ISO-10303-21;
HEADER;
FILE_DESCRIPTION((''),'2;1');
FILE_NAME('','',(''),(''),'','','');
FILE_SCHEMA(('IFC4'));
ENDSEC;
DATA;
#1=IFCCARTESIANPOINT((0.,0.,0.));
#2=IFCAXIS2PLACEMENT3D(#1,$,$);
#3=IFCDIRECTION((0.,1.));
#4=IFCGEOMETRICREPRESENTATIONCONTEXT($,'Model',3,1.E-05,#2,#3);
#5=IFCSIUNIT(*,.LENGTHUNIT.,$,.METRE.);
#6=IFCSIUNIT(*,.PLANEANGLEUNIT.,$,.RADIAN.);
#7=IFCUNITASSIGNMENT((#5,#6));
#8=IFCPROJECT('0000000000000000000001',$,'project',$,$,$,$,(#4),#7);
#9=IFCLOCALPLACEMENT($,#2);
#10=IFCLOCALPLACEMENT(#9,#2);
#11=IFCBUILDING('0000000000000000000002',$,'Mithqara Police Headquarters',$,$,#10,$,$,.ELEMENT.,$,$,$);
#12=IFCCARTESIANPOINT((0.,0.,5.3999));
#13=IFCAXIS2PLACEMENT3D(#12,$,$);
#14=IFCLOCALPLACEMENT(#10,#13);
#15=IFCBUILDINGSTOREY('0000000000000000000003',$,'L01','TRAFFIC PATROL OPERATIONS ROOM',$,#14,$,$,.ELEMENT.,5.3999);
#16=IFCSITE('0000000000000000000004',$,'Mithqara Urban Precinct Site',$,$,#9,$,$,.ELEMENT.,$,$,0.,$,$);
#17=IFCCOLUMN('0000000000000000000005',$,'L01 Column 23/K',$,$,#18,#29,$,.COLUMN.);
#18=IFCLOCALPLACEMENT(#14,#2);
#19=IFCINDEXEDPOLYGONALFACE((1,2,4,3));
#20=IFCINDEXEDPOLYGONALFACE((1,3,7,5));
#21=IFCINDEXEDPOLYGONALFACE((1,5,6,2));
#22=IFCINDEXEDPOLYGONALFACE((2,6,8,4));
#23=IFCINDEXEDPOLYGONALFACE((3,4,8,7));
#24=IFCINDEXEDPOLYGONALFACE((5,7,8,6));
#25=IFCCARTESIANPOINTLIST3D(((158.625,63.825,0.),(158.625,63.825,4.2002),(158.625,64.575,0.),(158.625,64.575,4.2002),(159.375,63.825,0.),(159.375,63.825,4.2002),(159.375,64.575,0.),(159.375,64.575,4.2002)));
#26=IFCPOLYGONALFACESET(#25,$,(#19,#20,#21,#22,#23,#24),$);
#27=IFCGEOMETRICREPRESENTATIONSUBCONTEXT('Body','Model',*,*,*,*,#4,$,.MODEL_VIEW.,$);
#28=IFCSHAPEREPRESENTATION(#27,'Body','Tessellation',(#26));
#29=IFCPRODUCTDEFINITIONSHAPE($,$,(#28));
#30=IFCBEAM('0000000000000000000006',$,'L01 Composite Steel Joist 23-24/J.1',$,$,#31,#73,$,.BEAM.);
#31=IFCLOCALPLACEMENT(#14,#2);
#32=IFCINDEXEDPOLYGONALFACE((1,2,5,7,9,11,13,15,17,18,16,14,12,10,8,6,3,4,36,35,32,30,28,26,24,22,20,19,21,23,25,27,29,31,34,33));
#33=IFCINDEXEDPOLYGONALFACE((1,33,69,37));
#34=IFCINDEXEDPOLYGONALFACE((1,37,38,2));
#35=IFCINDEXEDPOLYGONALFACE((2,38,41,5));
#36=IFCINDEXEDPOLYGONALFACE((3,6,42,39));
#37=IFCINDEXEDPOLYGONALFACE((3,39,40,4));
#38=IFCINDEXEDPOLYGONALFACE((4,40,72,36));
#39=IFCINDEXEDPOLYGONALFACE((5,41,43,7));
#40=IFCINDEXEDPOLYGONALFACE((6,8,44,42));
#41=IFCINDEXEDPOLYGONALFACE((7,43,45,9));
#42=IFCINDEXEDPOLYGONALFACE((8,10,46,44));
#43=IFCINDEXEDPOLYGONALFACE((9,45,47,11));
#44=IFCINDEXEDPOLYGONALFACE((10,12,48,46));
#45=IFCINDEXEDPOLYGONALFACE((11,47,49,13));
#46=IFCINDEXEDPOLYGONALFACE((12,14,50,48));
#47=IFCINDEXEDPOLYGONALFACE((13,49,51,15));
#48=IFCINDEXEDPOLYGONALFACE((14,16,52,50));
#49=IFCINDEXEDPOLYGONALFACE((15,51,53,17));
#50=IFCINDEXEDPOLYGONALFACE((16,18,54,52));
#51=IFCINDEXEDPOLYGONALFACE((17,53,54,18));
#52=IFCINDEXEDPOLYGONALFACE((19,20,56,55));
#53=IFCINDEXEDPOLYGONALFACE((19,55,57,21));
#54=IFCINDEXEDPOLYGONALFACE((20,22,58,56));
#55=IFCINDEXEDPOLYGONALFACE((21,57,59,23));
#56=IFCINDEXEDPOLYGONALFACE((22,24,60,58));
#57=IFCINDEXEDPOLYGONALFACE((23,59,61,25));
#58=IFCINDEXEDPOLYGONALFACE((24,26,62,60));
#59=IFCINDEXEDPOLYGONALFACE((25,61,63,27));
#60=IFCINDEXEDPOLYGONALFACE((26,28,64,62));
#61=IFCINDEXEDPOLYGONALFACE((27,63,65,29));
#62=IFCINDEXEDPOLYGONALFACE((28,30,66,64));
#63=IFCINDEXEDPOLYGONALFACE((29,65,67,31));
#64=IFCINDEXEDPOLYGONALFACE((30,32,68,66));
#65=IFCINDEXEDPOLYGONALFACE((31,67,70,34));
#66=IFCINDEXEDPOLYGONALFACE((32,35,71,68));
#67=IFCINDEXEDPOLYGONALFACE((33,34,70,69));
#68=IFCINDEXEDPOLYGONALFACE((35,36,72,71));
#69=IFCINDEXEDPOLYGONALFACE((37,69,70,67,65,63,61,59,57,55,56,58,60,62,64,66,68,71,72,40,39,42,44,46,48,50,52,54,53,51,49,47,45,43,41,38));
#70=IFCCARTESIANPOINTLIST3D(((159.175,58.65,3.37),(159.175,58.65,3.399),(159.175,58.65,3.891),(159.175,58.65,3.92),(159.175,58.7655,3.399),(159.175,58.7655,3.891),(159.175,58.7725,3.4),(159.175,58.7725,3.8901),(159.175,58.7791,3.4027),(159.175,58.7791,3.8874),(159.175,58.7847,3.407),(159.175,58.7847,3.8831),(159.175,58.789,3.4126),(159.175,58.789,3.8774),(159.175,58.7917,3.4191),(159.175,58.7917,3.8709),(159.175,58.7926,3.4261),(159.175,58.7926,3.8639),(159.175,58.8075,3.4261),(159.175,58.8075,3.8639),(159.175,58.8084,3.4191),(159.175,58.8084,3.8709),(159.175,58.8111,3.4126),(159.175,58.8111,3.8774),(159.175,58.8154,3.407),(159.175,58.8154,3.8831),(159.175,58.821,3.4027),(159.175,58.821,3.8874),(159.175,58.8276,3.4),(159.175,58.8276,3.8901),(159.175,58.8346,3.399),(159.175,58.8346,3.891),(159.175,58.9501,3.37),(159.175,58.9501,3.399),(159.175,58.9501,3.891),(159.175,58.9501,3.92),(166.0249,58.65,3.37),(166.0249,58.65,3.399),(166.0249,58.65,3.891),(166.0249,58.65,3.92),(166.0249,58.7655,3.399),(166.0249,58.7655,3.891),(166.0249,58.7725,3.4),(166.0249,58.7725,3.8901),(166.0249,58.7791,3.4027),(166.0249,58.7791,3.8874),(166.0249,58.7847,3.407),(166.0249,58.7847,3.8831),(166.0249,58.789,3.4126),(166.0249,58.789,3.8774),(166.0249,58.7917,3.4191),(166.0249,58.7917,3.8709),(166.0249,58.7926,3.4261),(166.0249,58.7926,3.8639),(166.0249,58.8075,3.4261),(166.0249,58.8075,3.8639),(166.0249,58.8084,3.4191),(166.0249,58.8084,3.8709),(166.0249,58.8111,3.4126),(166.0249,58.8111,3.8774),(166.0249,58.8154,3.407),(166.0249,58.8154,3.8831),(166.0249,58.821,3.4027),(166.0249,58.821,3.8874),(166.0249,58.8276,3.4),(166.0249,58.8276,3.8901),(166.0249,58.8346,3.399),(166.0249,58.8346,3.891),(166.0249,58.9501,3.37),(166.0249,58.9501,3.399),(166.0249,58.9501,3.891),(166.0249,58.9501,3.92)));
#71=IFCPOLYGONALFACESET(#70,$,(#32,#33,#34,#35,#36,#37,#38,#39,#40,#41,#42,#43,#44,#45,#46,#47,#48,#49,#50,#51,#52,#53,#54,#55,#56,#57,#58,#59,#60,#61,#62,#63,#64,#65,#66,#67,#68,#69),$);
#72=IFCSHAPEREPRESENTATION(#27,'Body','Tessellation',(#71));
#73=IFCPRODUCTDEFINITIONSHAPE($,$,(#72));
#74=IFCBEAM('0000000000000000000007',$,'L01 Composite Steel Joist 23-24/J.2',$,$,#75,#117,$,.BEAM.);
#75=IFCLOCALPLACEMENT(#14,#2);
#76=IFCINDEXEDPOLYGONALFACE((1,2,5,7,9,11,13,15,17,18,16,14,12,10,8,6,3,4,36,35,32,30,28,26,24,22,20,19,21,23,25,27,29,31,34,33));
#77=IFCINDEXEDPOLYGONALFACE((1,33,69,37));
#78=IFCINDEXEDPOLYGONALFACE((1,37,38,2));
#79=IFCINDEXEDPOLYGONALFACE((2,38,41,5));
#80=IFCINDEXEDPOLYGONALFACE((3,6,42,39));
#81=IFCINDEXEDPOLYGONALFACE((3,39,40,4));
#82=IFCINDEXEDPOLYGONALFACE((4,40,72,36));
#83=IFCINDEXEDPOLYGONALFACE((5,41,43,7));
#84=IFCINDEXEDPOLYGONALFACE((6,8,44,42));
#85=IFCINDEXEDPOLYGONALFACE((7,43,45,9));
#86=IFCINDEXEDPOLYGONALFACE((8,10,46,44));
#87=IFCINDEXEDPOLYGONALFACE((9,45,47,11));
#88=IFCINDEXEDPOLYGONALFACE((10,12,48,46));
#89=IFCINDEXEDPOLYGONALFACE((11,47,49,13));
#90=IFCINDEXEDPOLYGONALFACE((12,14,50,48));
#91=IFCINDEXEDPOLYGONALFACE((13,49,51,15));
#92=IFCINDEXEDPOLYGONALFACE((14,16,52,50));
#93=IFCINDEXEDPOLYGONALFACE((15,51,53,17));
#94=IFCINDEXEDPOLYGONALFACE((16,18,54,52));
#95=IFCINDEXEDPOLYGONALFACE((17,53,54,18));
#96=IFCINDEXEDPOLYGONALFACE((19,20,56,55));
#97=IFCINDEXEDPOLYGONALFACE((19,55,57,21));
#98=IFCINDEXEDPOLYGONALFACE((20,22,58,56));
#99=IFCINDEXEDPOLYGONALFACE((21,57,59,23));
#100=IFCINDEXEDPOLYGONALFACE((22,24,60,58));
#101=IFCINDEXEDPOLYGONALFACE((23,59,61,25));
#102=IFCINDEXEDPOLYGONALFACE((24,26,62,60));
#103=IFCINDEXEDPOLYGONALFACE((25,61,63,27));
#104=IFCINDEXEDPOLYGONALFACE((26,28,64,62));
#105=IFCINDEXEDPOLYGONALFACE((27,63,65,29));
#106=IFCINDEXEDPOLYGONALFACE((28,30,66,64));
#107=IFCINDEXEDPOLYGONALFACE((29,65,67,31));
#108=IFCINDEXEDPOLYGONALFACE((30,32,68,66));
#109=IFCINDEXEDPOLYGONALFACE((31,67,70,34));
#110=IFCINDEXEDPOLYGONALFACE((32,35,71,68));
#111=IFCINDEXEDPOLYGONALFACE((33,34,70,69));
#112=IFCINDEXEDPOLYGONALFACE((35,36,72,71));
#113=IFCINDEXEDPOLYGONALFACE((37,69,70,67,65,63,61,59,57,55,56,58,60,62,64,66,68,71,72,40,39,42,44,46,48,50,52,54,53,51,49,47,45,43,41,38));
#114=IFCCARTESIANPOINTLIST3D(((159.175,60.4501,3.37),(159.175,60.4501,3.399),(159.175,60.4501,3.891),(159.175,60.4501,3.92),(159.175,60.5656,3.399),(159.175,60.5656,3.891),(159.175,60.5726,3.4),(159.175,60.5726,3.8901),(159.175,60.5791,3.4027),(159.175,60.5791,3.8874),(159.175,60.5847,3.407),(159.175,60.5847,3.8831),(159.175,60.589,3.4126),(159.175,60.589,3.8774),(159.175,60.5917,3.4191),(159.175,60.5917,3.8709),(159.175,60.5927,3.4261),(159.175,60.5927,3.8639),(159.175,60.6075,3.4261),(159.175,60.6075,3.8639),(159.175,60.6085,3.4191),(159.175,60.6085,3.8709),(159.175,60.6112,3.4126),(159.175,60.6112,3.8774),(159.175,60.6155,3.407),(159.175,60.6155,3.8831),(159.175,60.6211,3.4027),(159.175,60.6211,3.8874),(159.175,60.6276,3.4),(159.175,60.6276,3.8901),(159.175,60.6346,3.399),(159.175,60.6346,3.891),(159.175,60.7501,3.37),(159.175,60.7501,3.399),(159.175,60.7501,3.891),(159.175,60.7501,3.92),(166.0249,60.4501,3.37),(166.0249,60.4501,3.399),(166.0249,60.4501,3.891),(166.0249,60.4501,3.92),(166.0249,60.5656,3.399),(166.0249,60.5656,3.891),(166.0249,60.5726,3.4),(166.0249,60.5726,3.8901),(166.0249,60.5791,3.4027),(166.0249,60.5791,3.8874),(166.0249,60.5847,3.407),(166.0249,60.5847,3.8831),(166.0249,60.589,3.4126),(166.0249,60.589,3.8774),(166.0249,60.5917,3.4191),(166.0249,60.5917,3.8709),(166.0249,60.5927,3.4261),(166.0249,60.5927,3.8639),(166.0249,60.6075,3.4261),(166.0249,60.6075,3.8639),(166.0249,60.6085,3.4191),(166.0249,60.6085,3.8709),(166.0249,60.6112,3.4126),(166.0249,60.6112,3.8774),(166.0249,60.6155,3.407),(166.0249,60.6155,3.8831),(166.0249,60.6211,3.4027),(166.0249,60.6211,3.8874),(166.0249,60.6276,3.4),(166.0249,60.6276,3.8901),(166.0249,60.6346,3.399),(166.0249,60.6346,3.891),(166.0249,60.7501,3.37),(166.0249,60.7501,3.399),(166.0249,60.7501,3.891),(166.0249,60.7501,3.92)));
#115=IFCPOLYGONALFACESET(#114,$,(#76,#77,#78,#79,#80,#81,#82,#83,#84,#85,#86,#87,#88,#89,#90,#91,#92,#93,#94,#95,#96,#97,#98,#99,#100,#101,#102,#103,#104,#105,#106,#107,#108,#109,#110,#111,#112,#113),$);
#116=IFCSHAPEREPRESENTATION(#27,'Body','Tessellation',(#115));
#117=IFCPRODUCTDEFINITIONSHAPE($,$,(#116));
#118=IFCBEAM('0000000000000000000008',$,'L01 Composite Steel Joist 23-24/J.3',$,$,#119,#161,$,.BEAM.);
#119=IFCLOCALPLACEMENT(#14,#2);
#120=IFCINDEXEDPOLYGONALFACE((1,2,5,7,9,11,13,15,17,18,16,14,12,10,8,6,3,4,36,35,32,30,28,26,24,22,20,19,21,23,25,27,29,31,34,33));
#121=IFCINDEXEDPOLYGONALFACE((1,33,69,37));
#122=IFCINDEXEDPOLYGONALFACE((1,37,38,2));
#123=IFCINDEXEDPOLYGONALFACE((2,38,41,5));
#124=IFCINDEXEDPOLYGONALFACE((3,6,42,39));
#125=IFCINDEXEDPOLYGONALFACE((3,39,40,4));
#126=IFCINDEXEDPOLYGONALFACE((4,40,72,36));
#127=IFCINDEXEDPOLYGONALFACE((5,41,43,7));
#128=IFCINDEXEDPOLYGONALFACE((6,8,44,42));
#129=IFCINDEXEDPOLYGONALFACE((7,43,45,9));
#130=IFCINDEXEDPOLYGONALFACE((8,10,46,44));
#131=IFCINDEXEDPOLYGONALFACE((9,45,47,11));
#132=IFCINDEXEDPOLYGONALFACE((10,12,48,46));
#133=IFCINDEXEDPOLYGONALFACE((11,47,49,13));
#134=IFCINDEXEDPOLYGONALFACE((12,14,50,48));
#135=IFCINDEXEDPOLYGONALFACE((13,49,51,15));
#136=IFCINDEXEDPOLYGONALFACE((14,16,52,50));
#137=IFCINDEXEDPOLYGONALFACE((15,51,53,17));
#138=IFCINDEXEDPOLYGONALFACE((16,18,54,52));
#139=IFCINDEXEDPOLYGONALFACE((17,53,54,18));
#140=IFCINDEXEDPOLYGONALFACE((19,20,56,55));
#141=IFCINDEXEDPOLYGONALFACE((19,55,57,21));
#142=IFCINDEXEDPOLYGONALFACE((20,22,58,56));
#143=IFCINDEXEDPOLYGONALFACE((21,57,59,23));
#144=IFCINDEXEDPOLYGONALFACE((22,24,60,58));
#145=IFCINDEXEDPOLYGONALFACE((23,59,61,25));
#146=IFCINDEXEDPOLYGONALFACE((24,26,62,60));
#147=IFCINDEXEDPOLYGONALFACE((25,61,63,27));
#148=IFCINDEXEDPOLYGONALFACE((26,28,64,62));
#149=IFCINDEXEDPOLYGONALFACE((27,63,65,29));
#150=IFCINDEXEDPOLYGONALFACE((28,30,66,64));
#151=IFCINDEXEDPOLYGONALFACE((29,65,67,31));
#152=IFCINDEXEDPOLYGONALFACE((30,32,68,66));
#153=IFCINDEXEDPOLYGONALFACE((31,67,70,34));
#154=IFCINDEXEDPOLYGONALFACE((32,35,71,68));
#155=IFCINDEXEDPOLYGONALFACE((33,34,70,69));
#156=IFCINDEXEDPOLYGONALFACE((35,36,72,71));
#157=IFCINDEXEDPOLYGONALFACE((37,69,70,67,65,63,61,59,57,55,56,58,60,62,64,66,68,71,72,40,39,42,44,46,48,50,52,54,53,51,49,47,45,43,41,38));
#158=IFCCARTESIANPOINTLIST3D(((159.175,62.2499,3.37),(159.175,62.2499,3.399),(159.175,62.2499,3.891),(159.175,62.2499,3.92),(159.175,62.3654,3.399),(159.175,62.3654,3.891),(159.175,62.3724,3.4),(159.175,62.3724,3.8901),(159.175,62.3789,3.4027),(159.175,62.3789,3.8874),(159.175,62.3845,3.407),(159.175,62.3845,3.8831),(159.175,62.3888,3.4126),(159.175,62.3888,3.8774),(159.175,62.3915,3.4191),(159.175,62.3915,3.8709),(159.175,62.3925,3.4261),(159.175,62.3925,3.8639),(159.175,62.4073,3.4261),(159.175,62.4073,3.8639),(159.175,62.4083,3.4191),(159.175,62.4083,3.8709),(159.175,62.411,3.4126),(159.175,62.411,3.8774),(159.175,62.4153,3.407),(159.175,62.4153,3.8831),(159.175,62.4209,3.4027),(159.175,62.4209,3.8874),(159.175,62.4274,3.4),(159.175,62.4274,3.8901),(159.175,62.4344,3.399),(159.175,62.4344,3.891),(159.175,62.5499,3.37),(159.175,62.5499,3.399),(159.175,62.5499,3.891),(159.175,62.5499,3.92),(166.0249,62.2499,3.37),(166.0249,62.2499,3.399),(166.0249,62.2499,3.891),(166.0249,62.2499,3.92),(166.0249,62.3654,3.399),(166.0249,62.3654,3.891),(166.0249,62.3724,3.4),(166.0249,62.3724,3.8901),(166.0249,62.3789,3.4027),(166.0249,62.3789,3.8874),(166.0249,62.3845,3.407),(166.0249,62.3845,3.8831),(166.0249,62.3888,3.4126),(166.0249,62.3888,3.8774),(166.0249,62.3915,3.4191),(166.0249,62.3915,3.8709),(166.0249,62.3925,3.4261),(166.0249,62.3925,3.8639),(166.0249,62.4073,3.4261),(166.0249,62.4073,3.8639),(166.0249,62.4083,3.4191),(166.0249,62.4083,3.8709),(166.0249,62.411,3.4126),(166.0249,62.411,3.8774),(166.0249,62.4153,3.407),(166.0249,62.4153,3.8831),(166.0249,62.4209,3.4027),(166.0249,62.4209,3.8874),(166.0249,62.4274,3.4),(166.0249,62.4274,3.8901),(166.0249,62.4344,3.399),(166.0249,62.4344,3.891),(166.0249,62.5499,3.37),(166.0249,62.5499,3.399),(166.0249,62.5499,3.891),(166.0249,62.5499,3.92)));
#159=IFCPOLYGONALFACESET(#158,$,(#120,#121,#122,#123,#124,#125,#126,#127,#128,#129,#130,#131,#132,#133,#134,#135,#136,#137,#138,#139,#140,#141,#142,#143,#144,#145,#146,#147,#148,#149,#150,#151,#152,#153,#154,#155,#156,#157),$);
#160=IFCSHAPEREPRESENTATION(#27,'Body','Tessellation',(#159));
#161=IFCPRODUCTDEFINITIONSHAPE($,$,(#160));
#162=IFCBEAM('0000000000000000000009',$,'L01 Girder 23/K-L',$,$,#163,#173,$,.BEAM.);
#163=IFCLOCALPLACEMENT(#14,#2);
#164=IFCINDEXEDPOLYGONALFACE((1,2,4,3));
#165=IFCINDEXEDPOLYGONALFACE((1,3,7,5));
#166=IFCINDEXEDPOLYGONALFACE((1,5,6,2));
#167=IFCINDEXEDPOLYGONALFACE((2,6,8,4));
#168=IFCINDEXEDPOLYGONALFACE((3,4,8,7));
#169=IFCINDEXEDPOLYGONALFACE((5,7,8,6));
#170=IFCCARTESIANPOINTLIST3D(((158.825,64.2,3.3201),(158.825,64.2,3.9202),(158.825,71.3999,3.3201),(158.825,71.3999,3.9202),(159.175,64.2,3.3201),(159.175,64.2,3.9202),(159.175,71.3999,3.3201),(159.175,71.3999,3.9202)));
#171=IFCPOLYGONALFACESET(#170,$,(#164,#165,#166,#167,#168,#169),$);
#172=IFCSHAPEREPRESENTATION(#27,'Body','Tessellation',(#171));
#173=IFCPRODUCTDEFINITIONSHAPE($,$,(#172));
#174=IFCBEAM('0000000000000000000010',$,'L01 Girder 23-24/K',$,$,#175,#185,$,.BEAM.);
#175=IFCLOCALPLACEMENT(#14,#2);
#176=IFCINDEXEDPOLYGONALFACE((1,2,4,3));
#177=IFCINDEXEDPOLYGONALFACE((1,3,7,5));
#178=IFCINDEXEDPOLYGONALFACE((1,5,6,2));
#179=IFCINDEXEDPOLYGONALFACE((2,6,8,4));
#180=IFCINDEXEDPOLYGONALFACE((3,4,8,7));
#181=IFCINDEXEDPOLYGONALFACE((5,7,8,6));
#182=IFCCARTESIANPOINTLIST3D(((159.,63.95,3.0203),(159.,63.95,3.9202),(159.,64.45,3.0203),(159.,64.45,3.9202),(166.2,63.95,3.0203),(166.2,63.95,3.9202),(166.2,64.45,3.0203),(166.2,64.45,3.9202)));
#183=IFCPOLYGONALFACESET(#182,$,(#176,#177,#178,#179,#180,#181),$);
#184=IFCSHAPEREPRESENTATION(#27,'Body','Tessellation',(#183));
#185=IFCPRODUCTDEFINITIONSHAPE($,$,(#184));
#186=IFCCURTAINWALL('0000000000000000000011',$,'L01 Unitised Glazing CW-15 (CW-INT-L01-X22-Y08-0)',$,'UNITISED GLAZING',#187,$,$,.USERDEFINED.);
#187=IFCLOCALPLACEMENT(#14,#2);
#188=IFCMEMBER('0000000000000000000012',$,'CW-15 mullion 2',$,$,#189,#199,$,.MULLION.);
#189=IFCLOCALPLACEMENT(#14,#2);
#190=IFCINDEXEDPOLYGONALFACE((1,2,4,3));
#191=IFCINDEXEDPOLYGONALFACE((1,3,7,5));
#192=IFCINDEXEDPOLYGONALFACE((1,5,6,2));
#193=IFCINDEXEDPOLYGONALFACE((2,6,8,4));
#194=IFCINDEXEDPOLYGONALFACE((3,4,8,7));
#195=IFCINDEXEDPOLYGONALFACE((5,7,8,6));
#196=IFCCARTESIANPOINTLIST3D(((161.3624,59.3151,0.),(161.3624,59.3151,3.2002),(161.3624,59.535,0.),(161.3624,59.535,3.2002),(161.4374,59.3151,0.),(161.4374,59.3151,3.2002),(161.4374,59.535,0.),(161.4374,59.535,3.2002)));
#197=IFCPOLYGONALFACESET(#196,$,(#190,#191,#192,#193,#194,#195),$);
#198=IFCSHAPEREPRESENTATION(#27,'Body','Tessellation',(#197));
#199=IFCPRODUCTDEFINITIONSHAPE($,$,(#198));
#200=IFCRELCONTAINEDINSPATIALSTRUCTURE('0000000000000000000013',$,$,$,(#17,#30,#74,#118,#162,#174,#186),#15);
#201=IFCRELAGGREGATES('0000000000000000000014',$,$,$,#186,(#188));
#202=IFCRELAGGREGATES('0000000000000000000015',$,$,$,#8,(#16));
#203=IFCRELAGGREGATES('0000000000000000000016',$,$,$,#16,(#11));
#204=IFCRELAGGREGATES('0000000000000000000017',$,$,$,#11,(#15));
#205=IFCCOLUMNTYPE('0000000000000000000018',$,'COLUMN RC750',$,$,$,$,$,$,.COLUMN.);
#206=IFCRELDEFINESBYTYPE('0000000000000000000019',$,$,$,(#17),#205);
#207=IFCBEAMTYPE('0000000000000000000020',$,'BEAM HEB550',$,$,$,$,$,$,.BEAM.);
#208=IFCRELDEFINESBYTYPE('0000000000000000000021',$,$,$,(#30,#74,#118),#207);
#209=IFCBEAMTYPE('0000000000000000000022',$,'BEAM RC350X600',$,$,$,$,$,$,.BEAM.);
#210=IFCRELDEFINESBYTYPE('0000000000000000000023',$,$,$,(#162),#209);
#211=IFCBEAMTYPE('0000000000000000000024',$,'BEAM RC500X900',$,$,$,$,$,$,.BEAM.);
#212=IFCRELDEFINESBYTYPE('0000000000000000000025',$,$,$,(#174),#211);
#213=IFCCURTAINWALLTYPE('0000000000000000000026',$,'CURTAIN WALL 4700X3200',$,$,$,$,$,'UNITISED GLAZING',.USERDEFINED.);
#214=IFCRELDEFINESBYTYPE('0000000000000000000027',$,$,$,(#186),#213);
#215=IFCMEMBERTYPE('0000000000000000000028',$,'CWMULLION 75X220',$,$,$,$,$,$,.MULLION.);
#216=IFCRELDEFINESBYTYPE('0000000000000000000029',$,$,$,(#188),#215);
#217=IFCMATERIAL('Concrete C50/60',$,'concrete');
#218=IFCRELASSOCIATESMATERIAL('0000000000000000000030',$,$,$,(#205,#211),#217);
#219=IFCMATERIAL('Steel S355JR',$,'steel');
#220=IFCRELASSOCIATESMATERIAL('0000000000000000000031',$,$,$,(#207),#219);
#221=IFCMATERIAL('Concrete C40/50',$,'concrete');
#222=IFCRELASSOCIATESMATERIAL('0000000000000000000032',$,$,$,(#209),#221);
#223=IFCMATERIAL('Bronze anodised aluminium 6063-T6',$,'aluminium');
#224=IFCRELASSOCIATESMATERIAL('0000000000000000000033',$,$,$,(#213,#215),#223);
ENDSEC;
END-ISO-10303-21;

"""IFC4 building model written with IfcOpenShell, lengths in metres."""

from ifc_helpers import new_model, si_unit, direction, frame, origin, origin_2d, place, context, subcontext, project, spatial, rectangle, i_section, extrude, material, material_profile, profile_set, type_object, element, aggregate, save


model = new_model("IFC4")

# Units and contexts
model_context = context("Model", 3, precision=1e-05, world=origin(), true_north=direction((0.0, 1.0)))
body_context = subcontext(model_context, "Body", "Model", "MODEL_VIEW")
ifc_project = project(units=[si_unit("LENGTHUNIT", "METRE"), si_unit("PLANEANGLEUNIT", "RADIAN")], contexts=[model_context])

# Site, building, storey
site_placement = place(None, origin())
site = spatial("IfcSite", under=ifc_project, at=site_placement, Name="Mithqara Urban Precinct Site", CompositionType="ELEMENT", RefElevation=0.0)
building_placement = place(site_placement, origin())
building = spatial("IfcBuilding", under=site, at=building_placement, Name="Mithqara Police Headquarters", CompositionType="ELEMENT")
storey_placement = place(building_placement, frame((0.0, 0.0, 5.3999)))
storey = spatial("IfcBuildingStorey", under=building, at=storey_placement, Name="L01", Description="TRAFFIC PATROL OPERATIONS ROOM", CompositionType="ELEMENT", Elevation=5.3999)

# Column
ifc_material_1 = material(Name="Concrete C50/60", Category="concrete")
ifc_material_profile_1 = material_profile(ifc_material_1, rectangle(XDim=0.75, YDim=0.75, at=origin_2d()), Name="RC 750x750")
ifc_profile_set_1 = profile_set([ifc_material_profile_1], Name="Concrete C50/60")
column_type = type_object("IfcColumnType", Name="COLUMN RC750", PredefinedType="COLUMN", material=ifc_profile_set_1)
column_placement = place(storey_placement, frame((159.0, 64.2, 0.0), z_axis=(0.0, 0.0, 1.0), x_axis=(1.0, 0.0, 0.0)))
element("IfcColumn", 1, at=column_placement, inside=storey, type_object=column_type, Name="L01 Column 23/K", PredefinedType="COLUMN", context=body_context, shape_type="SweptSolid", body=[
    extrude(rectangle(XDim=0.75, YDim=0.75, at=origin_2d()), origin(), (0.0, 0.0, 1.0), 4.2002),
])

# Beams
ifc_material_2 = material(Name="Steel S355JR", Category="steel")
ifc_material_profile_2 = material_profile(ifc_material_2, i_section(OverallWidth=0.3, OverallDepth=0.55, WebThickness=0.0149, FlangeThickness=0.0291, FilletRadius=0.0271, at=origin_2d()), Name="HEB 550")
ifc_profile_set_2 = profile_set([ifc_material_profile_2], Name="Steel S355JR")
beam_type_1 = type_object("IfcBeamType", Name="BEAM HEB550", PredefinedType="BEAM", material=ifc_profile_set_2)
for number, where, z_axis, x_axis, name in (
    (2, (159.175, 58.8, 3.645), (1.0, 0.0, 0.0), (0.0, 1.0, 0.0), "L01 Composite Steel Joist 23-24/J.1"),
    (3, (159.175, 60.6001, 3.645), (1.0, 0.0, 0.0), (0.0, 1.0, 0.0), "L01 Composite Steel Joist 23-24/J.2"),
    (4, (159.175, 62.3999, 3.645), (1.0, 0.0, 0.0), (0.0, 1.0, 0.0), "L01 Composite Steel Joist 23-24/J.3"),
):
    element("IfcBeam", number, at=place(storey_placement, frame(where, z_axis=z_axis, x_axis=x_axis)), inside=storey, type_object=beam_type_1, Name=name, PredefinedType="BEAM", context=body_context, shape_type="SweptSolid", body=[
        extrude(i_section(OverallWidth=0.3, OverallDepth=0.55, WebThickness=0.0149, FlangeThickness=0.0291, FilletRadius=0.0271, at=origin_2d()), origin(), (0.0, 0.0, 1.0), 6.8499),
    ])
ifc_material_3 = material(Name="Concrete C40/50", Category="concrete")
ifc_material_profile_3 = material_profile(ifc_material_3, rectangle(XDim=0.3501, YDim=0.6001, at=origin_2d()), Name="RC 350x600")
ifc_profile_set_3 = profile_set([ifc_material_profile_3], Name="Concrete C40/50")
beam_type_2 = type_object("IfcBeamType", Name="BEAM RC350X600", PredefinedType="BEAM", material=ifc_profile_set_3)
beam_1_placement = place(storey_placement, frame((159.0, 64.2, 3.6201), z_axis=(0.0, 1.0, 0.0), x_axis=(-1.0, 0.0, 0.0)))
element("IfcBeam", 5, at=beam_1_placement, inside=storey, type_object=beam_type_2, Name="L01 Girder 23/K-L", PredefinedType="BEAM", context=body_context, shape_type="SweptSolid", body=[
    extrude(rectangle(XDim=0.3501, YDim=0.6001, at=origin_2d()), origin(), (0.0, 0.0, 1.0), 7.2),
])
ifc_material_profile_4 = material_profile(ifc_material_1, rectangle(XDim=0.5, YDim=0.8999, at=origin_2d()), Name="RC 500x900")
ifc_profile_set_4 = profile_set([ifc_material_profile_4], Name="Concrete C50/60")
beam_type_3 = type_object("IfcBeamType", Name="BEAM RC500X900", PredefinedType="BEAM", material=ifc_profile_set_4)
beam_2_placement = place(storey_placement, frame((159.0, 64.2, 3.4702), z_axis=(1.0, 0.0, 0.0), x_axis=(0.0, 1.0, 0.0)))
element("IfcBeam", 6, at=beam_2_placement, inside=storey, type_object=beam_type_3, Name="L01 Girder 23-24/K", PredefinedType="BEAM", context=body_context, shape_type="SweptSolid", body=[
    extrude(rectangle(XDim=0.5, YDim=0.8999, at=origin_2d()), origin(), (0.0, 0.0, 1.0), 7.2),
])

# Curtain wall, member
ifc_material_4 = material(Name="Bronze anodised aluminium 6063-T6", Category="aluminium")
curtain_wall_type = type_object("IfcCurtainWallType", Name="CURTAIN WALL 4700X3200", ElementType="UNITISED GLAZING", PredefinedType="USERDEFINED", material=ifc_material_4)
curtain_wall_placement = place(storey_placement, origin())
curtain_wall = element("IfcCurtainWall", 7, at=curtain_wall_placement, inside=storey, type_object=curtain_wall_type, Name="L01 Unitised Glazing CW-15 (CW-INT-L01-X22-Y08-0)", ObjectType="UNITISED GLAZING", PredefinedType="USERDEFINED")
ifc_material_profile_5 = material_profile(ifc_material_4, rectangle(XDim=0.075, YDim=0.22, at=origin_2d()), Name="CWM 75x220")
ifc_profile_set_5 = profile_set([ifc_material_profile_5], Name="Bronze anodised aluminium 6063-T6")
member_type_1 = type_object("IfcMemberType", Name="CWMULLION 75X220", PredefinedType="MULLION", material=ifc_profile_set_5)
member_1_placement = place(storey_placement, frame((161.3999, 59.425, 0.0), z_axis=(0.0, 0.0, 1.0), x_axis=(-1.0, 0.0, 0.0)))
member_1 = element("IfcMember", 8, at=member_1_placement, type_object=member_type_1, Name="CW-15 mullion 2", PredefinedType="MULLION", context=body_context, shape_type="SweptSolid", body=[
    extrude(rectangle(XDim=0.075, YDim=0.22, at=origin_2d()), origin(), (0.0, 0.0, 1.0), 3.2002),
])
aggregate(curtain_wall, [member_1])

save(model, "model.ifc")
